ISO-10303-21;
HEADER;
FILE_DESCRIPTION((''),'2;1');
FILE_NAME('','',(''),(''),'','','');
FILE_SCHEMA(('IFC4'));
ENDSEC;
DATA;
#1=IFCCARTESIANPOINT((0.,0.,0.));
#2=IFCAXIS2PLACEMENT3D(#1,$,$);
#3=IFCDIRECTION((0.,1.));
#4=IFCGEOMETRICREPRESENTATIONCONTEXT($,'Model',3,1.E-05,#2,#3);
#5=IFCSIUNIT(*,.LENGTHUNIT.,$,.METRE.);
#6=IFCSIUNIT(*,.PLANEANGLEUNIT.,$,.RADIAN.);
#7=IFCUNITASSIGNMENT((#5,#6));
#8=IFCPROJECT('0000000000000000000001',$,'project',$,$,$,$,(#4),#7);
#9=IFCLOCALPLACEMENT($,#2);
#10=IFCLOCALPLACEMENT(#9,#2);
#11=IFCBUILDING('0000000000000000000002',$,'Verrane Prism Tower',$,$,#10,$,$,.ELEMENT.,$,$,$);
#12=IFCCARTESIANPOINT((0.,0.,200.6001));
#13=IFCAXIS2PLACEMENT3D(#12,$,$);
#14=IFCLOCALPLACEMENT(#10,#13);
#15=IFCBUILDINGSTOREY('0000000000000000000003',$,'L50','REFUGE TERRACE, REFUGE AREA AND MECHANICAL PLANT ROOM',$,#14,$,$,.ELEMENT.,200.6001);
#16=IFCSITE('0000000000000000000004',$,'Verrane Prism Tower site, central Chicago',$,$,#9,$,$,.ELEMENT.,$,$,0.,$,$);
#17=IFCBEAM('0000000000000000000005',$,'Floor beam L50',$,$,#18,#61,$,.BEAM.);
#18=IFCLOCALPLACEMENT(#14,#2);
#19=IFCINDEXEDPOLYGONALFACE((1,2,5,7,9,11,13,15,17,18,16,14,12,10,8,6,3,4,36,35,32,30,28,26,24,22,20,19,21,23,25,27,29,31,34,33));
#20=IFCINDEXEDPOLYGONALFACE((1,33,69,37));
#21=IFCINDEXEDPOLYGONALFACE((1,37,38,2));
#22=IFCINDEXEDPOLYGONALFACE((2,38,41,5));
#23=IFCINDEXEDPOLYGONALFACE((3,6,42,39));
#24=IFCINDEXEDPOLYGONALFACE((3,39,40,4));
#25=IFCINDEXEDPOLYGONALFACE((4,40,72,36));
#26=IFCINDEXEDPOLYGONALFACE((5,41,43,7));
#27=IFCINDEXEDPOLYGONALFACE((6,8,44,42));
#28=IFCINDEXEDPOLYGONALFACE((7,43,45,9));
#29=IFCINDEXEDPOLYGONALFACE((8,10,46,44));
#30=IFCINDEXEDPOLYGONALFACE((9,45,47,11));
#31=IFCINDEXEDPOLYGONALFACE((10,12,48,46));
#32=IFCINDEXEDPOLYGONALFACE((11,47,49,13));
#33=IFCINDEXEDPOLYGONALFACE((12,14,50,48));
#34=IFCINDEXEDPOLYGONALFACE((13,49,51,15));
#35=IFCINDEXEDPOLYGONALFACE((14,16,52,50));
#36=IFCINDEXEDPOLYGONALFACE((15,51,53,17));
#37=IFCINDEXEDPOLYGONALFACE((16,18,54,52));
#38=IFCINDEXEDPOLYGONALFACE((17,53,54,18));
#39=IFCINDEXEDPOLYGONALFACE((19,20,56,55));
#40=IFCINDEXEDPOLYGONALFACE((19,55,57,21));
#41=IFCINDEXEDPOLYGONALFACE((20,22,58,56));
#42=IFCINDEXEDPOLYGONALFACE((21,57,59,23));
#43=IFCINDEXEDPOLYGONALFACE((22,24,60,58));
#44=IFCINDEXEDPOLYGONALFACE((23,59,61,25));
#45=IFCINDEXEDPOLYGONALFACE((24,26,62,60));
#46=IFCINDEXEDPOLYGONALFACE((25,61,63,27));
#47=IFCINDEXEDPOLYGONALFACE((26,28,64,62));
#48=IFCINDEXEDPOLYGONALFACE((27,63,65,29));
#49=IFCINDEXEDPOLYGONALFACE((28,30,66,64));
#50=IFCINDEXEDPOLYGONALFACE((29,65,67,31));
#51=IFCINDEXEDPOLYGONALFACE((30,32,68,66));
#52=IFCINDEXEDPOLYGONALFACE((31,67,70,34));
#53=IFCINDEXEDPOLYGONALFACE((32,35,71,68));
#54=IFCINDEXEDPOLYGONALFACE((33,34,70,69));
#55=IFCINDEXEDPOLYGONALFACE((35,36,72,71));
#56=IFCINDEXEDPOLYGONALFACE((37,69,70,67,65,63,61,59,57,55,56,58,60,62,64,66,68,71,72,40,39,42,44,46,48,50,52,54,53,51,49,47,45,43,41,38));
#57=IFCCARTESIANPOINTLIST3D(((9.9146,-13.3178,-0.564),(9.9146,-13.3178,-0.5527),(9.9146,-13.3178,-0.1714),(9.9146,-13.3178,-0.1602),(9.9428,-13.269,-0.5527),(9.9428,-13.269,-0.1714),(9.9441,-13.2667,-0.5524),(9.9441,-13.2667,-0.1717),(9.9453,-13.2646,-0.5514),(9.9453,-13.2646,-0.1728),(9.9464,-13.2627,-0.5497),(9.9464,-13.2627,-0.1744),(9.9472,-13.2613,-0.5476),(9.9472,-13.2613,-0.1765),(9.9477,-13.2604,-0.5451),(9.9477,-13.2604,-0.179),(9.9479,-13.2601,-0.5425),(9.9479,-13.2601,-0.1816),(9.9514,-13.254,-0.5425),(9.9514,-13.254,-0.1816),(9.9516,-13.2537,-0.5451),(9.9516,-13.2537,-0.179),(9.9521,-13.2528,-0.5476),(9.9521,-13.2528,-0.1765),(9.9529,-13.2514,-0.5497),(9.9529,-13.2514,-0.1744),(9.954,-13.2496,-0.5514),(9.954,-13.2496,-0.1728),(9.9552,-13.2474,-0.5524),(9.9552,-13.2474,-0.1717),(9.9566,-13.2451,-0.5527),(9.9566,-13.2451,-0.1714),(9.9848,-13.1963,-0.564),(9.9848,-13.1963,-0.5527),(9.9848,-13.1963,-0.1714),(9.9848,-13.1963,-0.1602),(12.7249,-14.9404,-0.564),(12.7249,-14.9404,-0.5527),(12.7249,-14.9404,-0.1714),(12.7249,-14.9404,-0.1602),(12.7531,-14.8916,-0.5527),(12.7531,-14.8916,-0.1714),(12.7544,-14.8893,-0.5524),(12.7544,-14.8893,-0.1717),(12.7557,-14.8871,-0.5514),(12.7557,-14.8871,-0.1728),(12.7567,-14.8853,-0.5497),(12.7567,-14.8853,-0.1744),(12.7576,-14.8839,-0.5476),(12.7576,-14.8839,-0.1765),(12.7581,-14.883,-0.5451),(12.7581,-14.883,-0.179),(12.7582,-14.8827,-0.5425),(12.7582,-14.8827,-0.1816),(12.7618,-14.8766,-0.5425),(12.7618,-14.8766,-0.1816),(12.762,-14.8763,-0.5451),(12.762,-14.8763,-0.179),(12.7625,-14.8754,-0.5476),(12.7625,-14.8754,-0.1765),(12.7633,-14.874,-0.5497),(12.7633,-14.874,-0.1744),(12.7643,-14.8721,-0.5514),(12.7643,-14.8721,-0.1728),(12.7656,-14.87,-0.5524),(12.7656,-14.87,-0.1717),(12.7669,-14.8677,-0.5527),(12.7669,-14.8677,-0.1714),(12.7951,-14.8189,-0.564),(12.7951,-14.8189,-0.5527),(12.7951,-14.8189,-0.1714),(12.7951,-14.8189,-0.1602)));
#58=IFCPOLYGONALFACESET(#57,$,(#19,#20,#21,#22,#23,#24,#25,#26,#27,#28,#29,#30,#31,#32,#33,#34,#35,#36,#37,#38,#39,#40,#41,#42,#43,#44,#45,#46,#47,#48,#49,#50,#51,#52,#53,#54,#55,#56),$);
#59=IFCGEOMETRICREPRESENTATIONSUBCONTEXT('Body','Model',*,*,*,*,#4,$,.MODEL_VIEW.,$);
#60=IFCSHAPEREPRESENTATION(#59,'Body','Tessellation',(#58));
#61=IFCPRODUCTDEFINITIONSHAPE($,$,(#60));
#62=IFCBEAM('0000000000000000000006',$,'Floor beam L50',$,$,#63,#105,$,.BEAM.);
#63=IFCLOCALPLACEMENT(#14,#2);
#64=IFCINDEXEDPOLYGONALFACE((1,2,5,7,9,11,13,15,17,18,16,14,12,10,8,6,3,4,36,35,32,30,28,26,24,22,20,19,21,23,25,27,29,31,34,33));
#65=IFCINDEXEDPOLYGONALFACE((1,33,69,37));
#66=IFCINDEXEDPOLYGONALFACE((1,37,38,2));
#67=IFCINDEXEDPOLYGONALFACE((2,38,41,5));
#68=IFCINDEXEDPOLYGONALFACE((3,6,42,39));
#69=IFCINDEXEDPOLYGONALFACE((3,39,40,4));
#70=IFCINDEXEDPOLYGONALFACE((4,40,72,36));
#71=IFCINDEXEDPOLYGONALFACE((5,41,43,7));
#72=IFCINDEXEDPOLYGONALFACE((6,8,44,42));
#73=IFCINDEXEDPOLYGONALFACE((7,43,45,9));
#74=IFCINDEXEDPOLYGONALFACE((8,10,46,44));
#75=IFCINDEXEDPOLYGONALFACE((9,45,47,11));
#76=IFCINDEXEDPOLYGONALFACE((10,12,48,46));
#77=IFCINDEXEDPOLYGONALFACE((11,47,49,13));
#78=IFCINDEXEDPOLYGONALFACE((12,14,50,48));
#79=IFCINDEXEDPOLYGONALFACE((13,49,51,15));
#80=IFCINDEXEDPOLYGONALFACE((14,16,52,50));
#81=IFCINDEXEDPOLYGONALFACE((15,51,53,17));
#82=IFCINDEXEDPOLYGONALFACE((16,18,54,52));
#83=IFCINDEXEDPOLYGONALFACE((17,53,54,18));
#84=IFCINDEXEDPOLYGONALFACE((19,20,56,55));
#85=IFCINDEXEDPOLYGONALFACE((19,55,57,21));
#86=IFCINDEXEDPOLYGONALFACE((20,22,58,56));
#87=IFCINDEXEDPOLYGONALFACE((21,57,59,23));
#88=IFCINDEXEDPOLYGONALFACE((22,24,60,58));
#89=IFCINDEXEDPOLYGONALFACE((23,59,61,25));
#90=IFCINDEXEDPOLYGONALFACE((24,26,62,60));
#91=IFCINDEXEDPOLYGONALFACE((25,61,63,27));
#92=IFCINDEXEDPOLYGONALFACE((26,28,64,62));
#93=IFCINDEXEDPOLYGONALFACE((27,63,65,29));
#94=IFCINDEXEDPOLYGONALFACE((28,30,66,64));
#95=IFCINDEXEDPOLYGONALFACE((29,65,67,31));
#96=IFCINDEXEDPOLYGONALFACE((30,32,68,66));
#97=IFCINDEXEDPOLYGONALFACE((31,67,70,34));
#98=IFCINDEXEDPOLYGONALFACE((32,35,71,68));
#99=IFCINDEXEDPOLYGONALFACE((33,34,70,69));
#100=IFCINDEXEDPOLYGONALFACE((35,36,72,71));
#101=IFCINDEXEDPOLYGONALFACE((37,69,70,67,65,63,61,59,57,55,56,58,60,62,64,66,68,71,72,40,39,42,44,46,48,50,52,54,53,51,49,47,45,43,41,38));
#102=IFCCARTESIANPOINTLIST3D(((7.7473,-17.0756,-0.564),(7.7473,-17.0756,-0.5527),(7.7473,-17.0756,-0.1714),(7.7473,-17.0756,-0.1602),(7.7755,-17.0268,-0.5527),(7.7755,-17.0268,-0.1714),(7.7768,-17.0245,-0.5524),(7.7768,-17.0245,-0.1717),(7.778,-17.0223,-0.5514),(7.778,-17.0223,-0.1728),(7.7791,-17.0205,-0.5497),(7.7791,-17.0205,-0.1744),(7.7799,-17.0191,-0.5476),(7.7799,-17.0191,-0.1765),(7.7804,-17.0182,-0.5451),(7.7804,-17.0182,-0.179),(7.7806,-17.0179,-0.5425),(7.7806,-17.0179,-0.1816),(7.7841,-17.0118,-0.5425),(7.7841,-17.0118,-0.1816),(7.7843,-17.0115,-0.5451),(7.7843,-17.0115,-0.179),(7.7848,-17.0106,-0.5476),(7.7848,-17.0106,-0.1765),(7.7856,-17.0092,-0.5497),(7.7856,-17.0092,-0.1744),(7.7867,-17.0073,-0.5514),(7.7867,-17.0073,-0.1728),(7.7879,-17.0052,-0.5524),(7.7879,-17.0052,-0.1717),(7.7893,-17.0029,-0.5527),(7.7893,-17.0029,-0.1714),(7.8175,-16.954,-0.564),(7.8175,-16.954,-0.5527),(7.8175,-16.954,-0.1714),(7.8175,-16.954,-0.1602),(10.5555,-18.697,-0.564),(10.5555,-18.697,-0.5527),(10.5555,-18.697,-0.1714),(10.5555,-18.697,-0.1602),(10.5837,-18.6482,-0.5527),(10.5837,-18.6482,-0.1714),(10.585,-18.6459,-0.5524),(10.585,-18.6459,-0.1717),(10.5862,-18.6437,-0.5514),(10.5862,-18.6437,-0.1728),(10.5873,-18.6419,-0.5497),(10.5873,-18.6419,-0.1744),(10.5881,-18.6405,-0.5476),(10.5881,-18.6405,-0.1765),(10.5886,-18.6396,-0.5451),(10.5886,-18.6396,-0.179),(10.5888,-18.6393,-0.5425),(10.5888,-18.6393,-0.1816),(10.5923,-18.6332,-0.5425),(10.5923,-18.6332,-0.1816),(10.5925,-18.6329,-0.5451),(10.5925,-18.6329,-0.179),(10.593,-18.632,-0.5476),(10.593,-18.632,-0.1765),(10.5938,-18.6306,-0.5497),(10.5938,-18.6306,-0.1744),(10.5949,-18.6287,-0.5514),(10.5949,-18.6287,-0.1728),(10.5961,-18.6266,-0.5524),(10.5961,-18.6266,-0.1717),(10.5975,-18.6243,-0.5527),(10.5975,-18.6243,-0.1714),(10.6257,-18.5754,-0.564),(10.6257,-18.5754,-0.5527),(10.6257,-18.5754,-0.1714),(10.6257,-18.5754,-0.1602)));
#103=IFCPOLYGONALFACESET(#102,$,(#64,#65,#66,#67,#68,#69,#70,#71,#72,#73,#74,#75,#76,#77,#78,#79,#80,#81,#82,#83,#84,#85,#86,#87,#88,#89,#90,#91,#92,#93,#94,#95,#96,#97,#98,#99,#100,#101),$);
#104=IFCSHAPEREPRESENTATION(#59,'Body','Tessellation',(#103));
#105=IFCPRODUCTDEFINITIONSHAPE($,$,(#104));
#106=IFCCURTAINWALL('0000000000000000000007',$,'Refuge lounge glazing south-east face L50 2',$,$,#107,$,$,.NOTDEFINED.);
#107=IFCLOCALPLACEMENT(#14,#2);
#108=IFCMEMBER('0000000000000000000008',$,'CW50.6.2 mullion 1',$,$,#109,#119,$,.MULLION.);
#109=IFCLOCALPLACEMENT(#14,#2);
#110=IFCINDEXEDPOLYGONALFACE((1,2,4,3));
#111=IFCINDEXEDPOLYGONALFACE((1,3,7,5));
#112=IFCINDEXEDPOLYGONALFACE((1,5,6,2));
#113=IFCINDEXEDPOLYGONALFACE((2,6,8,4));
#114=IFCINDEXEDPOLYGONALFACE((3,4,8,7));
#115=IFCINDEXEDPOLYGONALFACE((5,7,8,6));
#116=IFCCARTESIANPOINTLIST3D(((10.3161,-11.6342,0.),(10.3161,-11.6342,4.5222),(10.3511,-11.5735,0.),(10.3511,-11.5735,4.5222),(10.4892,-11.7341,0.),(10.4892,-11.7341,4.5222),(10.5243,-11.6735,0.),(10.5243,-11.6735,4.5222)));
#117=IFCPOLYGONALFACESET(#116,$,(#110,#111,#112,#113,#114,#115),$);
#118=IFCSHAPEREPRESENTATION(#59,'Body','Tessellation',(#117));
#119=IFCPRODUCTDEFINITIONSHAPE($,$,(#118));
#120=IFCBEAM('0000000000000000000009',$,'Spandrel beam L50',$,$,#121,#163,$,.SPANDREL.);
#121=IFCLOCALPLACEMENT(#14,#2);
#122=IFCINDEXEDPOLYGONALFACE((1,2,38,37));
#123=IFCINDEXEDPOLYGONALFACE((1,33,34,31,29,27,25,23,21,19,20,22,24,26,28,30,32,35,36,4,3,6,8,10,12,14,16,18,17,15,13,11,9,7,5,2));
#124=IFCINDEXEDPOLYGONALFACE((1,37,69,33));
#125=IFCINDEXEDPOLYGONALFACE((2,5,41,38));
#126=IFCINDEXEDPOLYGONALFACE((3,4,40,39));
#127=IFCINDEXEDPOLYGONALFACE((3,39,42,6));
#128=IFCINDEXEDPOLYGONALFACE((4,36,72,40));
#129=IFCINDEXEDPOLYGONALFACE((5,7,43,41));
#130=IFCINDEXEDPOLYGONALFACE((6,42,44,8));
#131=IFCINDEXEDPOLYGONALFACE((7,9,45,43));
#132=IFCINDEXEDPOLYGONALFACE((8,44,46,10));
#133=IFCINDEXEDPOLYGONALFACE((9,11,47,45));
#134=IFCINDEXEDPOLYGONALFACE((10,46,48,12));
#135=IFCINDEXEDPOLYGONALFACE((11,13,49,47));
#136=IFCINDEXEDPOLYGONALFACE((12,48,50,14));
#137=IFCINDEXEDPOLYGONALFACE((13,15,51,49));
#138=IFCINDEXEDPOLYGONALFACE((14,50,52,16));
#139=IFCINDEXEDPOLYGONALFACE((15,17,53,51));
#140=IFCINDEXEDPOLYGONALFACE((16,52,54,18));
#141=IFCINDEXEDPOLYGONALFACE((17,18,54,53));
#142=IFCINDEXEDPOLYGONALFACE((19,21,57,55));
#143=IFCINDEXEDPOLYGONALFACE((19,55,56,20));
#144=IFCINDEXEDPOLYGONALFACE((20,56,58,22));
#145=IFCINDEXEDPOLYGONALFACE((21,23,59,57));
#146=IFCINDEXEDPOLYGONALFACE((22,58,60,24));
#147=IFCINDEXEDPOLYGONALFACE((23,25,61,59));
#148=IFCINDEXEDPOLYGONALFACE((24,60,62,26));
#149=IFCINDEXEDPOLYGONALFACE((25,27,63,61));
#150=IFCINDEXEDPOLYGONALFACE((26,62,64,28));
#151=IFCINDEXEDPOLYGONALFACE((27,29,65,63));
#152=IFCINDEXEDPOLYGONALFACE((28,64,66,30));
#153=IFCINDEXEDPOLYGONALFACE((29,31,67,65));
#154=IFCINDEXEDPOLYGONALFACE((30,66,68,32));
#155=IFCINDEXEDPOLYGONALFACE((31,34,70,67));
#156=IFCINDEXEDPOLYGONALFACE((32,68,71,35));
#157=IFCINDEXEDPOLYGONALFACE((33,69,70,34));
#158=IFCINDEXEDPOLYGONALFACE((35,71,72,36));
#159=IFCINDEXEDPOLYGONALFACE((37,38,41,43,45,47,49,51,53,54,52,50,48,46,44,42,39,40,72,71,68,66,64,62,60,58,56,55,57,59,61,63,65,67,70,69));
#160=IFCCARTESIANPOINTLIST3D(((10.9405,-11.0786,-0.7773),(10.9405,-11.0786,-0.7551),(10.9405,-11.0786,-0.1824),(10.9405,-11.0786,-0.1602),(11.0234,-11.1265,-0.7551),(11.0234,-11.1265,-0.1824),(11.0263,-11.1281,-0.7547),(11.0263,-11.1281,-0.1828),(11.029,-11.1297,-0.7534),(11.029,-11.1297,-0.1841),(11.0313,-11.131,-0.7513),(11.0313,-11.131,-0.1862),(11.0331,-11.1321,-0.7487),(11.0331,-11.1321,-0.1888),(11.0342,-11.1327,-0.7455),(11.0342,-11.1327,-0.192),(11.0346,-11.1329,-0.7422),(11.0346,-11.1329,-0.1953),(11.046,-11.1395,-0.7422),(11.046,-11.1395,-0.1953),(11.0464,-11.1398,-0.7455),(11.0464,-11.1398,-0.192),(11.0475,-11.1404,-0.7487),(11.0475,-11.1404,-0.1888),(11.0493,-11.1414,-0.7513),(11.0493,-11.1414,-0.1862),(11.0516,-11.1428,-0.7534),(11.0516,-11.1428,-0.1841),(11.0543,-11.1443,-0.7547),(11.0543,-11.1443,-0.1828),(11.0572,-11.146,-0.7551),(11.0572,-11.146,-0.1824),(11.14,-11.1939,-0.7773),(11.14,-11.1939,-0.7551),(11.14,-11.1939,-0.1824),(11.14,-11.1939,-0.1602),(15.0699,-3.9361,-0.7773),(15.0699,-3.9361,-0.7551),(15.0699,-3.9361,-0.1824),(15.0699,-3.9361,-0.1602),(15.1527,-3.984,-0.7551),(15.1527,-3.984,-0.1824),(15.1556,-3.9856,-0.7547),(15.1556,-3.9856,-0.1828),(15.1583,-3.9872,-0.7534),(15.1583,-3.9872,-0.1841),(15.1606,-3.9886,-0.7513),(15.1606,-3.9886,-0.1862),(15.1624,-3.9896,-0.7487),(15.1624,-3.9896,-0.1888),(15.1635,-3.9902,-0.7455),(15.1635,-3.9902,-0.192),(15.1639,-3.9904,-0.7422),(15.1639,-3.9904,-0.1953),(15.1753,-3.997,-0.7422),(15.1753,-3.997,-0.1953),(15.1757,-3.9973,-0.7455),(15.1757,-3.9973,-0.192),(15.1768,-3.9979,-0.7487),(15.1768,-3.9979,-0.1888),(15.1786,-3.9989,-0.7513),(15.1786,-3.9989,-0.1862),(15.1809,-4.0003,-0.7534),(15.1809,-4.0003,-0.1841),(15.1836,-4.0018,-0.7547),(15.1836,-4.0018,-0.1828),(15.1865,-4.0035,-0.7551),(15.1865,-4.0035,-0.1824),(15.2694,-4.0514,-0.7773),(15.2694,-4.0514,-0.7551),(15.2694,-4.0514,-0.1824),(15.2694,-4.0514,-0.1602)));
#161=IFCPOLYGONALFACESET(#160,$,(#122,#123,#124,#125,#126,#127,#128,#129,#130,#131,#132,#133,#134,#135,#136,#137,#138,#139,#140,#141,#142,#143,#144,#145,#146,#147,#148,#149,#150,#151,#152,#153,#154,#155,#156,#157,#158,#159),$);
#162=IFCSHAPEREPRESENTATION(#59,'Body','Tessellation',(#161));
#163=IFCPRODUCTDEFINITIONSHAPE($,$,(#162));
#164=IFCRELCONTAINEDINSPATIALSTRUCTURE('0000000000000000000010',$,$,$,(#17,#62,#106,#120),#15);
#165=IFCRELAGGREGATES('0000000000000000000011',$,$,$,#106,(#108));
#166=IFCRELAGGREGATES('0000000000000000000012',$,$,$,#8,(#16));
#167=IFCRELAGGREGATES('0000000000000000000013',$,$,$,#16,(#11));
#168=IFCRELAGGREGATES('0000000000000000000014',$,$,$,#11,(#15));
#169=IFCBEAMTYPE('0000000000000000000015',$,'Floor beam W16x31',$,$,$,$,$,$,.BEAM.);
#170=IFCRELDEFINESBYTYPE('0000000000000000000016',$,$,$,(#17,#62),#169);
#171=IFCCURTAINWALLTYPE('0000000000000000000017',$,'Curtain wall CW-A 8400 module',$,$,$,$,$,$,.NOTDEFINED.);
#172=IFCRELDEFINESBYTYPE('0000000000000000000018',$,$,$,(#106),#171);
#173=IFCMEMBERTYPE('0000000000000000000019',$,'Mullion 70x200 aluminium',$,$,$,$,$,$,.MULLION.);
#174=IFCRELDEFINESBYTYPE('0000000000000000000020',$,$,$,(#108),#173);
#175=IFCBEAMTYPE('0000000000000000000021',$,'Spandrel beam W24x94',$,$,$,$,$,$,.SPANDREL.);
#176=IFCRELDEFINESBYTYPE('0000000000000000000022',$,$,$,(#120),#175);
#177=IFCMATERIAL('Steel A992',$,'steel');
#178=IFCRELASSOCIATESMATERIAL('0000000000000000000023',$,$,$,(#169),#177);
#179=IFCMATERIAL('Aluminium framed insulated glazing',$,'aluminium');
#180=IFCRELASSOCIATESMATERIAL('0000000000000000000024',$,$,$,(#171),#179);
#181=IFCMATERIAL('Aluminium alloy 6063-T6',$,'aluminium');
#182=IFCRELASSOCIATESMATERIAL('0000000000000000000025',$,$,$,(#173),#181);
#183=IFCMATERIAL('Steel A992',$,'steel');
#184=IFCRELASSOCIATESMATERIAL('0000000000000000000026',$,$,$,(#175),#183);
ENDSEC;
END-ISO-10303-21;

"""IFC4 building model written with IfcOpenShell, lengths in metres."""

from ifc_helpers import new_model, si_unit, direction, frame, origin, origin_2d, place, context, subcontext, project, spatial, rectangle, i_section, extrude, material, material_profile, profile_set, type_object, element, aggregate, save


model = new_model("IFC4")

# Units and contexts
model_context = context("Model", 3, precision=1e-05, world=origin(), true_north=direction((0.0, 1.0)))
body_context = subcontext(model_context, "Body", "Model", "MODEL_VIEW")
ifc_project = project(units=[si_unit("LENGTHUNIT", "METRE"), si_unit("PLANEANGLEUNIT", "RADIAN")], contexts=[model_context])

# Site, building, storey
site_placement = place(None, origin())
site = spatial("IfcSite", under=ifc_project, at=site_placement, Name="Verrane Prism Tower site, central Chicago", CompositionType="ELEMENT", RefElevation=0.0)
building_placement = place(site_placement, origin())
building = spatial("IfcBuilding", under=site, at=building_placement, Name="Verrane Prism Tower", CompositionType="ELEMENT")
storey_placement = place(building_placement, frame((0.0, 0.0, 200.6001)))
storey = spatial("IfcBuildingStorey", under=building, at=storey_placement, Name="L50", Description="REFUGE TERRACE, REFUGE AREA AND MECHANICAL PLANT ROOM", CompositionType="ELEMENT", Elevation=200.6001)

# Beams
ifc_material_1 = material(Name="Steel A992", Category="steel")
ifc_material_profile_1 = material_profile(ifc_material_1, i_section(OverallWidth=0.1404, OverallDepth=0.4038, WebThickness=0.0071, FlangeThickness=0.0112, FilletRadius=0.0103, at=origin_2d()), Name="W16x31")
ifc_profile_set_1 = profile_set([ifc_material_profile_1], Name="Steel A992")
beam_type_1 = type_object("IfcBeamType", Name="Floor beam W16x31", PredefinedType="BEAM", material=ifc_profile_set_1)
beam_1_placement = place(storey_placement, frame((12.76, -14.8796, -0.3621), z_axis=(-0.866021, 0.500007, 0.0), x_axis=(-0.500007, -0.866021, 0.0)))
element("IfcBeam", 1, at=beam_1_placement, inside=storey, type_object=beam_type_1, Name="Floor beam L50", PredefinedType="BEAM", context=body_context, shape_type="SweptSolid", body=[
    extrude(i_section(OverallWidth=0.1404, OverallDepth=0.4038, WebThickness=0.0071, FlangeThickness=0.0112, FilletRadius=0.0103, at=origin_2d()), origin(), (0.0, 0.0, 1.0), 3.2451),
])
beam_2_placement = place(storey_placement, frame((10.5906, -18.6362, -0.3621), z_axis=(-0.866015, 0.500018, 0.0), x_axis=(-0.500018, -0.866015, 0.0)))
element("IfcBeam", 2, at=beam_2_placement, inside=storey, type_object=beam_type_1, Name="Floor beam L50", PredefinedType="BEAM", context=body_context, shape_type="SweptSolid", body=[
    extrude(i_section(OverallWidth=0.1404, OverallDepth=0.4038, WebThickness=0.0071, FlangeThickness=0.0112, FilletRadius=0.0103, at=origin_2d()), origin(), (0.0, 0.0, 1.0), 3.2427),
])

# Curtain wall, member
ifc_material_2 = material(Name="Aluminium framed insulated glazing", Category="aluminium")
curtain_wall_type = type_object("IfcCurtainWallType", Name="Curtain wall CW-A 8400 module", PredefinedType="NOTDEFINED", material=ifc_material_2)
curtain_wall_placement = place(storey_placement, origin())
curtain_wall = element("IfcCurtainWall", 3, at=curtain_wall_placement, inside=storey, type_object=curtain_wall_type, Name="Refuge lounge glazing south-east face L50 2", PredefinedType="NOTDEFINED")
ifc_material_3 = material(Name="Aluminium alloy 6063-T6", Category="aluminium")
ifc_material_profile_2 = material_profile(ifc_material_3, rectangle(XDim=0.2, YDim=0.0701, at=origin_2d()), Name="Mullion 70x200 aluminium")
ifc_profile_set_2 = profile_set([ifc_material_profile_2], Name="Aluminium alloy 6063-T6")
member_type_1 = type_object("IfcMemberType", Name="Mullion 70x200 aluminium", PredefinedType="MULLION", material=ifc_profile_set_2)
member_1_placement = place(storey_placement, frame((10.4202, -11.6538, 0.0), z_axis=(0.0, 0.0, 1.0), x_axis=(-0.866026, 0.499998, 0.0)))
member_1 = element("IfcMember", 4, at=member_1_placement, type_object=member_type_1, Name="CW50.6.2 mullion 1", PredefinedType="MULLION", context=body_context, shape_type="SweptSolid", body=[
    extrude(rectangle(XDim=0.2, YDim=0.0701, at=origin_2d()), origin(), (0.0, 0.0, 1.0), 4.5222),
])

# Beam
ifc_material_4 = material(Name="Steel A992", Category="steel")
ifc_material_profile_3 = material_profile(ifc_material_4, i_section(OverallWidth=0.2305, OverallDepth=0.6172, WebThickness=0.0132, FlangeThickness=0.0222, FilletRadius=0.0129, at=origin_2d()), Name="W24x94")
ifc_profile_set_3 = profile_set([ifc_material_profile_3], Name="Steel A992")
beam_type_2 = type_object("IfcBeamType", Name="Spandrel beam W24x94", PredefinedType="SPANDREL", material=ifc_profile_set_3)
beam_3_placement = place(storey_placement, frame((11.0403, -11.1362, -0.4688), z_axis=(0.500511, 0.86573, 0.0), x_axis=(-0.86573, 0.500511, 0.0)))
element("IfcBeam", 5, at=beam_3_placement, inside=storey, type_object=beam_type_2, Name="Spandrel beam L50", PredefinedType="SPANDREL", context=body_context, shape_type="SweptSolid", body=[
    extrude(i_section(OverallWidth=0.2305, OverallDepth=0.6172, WebThickness=0.0132, FlangeThickness=0.0222, FilletRadius=0.0129, at=origin_2d()), origin(), (0.0, 0.0, 1.0), 8.2502),
])

aggregate(curtain_wall, [member_1])

save(model, "model.ifc")
